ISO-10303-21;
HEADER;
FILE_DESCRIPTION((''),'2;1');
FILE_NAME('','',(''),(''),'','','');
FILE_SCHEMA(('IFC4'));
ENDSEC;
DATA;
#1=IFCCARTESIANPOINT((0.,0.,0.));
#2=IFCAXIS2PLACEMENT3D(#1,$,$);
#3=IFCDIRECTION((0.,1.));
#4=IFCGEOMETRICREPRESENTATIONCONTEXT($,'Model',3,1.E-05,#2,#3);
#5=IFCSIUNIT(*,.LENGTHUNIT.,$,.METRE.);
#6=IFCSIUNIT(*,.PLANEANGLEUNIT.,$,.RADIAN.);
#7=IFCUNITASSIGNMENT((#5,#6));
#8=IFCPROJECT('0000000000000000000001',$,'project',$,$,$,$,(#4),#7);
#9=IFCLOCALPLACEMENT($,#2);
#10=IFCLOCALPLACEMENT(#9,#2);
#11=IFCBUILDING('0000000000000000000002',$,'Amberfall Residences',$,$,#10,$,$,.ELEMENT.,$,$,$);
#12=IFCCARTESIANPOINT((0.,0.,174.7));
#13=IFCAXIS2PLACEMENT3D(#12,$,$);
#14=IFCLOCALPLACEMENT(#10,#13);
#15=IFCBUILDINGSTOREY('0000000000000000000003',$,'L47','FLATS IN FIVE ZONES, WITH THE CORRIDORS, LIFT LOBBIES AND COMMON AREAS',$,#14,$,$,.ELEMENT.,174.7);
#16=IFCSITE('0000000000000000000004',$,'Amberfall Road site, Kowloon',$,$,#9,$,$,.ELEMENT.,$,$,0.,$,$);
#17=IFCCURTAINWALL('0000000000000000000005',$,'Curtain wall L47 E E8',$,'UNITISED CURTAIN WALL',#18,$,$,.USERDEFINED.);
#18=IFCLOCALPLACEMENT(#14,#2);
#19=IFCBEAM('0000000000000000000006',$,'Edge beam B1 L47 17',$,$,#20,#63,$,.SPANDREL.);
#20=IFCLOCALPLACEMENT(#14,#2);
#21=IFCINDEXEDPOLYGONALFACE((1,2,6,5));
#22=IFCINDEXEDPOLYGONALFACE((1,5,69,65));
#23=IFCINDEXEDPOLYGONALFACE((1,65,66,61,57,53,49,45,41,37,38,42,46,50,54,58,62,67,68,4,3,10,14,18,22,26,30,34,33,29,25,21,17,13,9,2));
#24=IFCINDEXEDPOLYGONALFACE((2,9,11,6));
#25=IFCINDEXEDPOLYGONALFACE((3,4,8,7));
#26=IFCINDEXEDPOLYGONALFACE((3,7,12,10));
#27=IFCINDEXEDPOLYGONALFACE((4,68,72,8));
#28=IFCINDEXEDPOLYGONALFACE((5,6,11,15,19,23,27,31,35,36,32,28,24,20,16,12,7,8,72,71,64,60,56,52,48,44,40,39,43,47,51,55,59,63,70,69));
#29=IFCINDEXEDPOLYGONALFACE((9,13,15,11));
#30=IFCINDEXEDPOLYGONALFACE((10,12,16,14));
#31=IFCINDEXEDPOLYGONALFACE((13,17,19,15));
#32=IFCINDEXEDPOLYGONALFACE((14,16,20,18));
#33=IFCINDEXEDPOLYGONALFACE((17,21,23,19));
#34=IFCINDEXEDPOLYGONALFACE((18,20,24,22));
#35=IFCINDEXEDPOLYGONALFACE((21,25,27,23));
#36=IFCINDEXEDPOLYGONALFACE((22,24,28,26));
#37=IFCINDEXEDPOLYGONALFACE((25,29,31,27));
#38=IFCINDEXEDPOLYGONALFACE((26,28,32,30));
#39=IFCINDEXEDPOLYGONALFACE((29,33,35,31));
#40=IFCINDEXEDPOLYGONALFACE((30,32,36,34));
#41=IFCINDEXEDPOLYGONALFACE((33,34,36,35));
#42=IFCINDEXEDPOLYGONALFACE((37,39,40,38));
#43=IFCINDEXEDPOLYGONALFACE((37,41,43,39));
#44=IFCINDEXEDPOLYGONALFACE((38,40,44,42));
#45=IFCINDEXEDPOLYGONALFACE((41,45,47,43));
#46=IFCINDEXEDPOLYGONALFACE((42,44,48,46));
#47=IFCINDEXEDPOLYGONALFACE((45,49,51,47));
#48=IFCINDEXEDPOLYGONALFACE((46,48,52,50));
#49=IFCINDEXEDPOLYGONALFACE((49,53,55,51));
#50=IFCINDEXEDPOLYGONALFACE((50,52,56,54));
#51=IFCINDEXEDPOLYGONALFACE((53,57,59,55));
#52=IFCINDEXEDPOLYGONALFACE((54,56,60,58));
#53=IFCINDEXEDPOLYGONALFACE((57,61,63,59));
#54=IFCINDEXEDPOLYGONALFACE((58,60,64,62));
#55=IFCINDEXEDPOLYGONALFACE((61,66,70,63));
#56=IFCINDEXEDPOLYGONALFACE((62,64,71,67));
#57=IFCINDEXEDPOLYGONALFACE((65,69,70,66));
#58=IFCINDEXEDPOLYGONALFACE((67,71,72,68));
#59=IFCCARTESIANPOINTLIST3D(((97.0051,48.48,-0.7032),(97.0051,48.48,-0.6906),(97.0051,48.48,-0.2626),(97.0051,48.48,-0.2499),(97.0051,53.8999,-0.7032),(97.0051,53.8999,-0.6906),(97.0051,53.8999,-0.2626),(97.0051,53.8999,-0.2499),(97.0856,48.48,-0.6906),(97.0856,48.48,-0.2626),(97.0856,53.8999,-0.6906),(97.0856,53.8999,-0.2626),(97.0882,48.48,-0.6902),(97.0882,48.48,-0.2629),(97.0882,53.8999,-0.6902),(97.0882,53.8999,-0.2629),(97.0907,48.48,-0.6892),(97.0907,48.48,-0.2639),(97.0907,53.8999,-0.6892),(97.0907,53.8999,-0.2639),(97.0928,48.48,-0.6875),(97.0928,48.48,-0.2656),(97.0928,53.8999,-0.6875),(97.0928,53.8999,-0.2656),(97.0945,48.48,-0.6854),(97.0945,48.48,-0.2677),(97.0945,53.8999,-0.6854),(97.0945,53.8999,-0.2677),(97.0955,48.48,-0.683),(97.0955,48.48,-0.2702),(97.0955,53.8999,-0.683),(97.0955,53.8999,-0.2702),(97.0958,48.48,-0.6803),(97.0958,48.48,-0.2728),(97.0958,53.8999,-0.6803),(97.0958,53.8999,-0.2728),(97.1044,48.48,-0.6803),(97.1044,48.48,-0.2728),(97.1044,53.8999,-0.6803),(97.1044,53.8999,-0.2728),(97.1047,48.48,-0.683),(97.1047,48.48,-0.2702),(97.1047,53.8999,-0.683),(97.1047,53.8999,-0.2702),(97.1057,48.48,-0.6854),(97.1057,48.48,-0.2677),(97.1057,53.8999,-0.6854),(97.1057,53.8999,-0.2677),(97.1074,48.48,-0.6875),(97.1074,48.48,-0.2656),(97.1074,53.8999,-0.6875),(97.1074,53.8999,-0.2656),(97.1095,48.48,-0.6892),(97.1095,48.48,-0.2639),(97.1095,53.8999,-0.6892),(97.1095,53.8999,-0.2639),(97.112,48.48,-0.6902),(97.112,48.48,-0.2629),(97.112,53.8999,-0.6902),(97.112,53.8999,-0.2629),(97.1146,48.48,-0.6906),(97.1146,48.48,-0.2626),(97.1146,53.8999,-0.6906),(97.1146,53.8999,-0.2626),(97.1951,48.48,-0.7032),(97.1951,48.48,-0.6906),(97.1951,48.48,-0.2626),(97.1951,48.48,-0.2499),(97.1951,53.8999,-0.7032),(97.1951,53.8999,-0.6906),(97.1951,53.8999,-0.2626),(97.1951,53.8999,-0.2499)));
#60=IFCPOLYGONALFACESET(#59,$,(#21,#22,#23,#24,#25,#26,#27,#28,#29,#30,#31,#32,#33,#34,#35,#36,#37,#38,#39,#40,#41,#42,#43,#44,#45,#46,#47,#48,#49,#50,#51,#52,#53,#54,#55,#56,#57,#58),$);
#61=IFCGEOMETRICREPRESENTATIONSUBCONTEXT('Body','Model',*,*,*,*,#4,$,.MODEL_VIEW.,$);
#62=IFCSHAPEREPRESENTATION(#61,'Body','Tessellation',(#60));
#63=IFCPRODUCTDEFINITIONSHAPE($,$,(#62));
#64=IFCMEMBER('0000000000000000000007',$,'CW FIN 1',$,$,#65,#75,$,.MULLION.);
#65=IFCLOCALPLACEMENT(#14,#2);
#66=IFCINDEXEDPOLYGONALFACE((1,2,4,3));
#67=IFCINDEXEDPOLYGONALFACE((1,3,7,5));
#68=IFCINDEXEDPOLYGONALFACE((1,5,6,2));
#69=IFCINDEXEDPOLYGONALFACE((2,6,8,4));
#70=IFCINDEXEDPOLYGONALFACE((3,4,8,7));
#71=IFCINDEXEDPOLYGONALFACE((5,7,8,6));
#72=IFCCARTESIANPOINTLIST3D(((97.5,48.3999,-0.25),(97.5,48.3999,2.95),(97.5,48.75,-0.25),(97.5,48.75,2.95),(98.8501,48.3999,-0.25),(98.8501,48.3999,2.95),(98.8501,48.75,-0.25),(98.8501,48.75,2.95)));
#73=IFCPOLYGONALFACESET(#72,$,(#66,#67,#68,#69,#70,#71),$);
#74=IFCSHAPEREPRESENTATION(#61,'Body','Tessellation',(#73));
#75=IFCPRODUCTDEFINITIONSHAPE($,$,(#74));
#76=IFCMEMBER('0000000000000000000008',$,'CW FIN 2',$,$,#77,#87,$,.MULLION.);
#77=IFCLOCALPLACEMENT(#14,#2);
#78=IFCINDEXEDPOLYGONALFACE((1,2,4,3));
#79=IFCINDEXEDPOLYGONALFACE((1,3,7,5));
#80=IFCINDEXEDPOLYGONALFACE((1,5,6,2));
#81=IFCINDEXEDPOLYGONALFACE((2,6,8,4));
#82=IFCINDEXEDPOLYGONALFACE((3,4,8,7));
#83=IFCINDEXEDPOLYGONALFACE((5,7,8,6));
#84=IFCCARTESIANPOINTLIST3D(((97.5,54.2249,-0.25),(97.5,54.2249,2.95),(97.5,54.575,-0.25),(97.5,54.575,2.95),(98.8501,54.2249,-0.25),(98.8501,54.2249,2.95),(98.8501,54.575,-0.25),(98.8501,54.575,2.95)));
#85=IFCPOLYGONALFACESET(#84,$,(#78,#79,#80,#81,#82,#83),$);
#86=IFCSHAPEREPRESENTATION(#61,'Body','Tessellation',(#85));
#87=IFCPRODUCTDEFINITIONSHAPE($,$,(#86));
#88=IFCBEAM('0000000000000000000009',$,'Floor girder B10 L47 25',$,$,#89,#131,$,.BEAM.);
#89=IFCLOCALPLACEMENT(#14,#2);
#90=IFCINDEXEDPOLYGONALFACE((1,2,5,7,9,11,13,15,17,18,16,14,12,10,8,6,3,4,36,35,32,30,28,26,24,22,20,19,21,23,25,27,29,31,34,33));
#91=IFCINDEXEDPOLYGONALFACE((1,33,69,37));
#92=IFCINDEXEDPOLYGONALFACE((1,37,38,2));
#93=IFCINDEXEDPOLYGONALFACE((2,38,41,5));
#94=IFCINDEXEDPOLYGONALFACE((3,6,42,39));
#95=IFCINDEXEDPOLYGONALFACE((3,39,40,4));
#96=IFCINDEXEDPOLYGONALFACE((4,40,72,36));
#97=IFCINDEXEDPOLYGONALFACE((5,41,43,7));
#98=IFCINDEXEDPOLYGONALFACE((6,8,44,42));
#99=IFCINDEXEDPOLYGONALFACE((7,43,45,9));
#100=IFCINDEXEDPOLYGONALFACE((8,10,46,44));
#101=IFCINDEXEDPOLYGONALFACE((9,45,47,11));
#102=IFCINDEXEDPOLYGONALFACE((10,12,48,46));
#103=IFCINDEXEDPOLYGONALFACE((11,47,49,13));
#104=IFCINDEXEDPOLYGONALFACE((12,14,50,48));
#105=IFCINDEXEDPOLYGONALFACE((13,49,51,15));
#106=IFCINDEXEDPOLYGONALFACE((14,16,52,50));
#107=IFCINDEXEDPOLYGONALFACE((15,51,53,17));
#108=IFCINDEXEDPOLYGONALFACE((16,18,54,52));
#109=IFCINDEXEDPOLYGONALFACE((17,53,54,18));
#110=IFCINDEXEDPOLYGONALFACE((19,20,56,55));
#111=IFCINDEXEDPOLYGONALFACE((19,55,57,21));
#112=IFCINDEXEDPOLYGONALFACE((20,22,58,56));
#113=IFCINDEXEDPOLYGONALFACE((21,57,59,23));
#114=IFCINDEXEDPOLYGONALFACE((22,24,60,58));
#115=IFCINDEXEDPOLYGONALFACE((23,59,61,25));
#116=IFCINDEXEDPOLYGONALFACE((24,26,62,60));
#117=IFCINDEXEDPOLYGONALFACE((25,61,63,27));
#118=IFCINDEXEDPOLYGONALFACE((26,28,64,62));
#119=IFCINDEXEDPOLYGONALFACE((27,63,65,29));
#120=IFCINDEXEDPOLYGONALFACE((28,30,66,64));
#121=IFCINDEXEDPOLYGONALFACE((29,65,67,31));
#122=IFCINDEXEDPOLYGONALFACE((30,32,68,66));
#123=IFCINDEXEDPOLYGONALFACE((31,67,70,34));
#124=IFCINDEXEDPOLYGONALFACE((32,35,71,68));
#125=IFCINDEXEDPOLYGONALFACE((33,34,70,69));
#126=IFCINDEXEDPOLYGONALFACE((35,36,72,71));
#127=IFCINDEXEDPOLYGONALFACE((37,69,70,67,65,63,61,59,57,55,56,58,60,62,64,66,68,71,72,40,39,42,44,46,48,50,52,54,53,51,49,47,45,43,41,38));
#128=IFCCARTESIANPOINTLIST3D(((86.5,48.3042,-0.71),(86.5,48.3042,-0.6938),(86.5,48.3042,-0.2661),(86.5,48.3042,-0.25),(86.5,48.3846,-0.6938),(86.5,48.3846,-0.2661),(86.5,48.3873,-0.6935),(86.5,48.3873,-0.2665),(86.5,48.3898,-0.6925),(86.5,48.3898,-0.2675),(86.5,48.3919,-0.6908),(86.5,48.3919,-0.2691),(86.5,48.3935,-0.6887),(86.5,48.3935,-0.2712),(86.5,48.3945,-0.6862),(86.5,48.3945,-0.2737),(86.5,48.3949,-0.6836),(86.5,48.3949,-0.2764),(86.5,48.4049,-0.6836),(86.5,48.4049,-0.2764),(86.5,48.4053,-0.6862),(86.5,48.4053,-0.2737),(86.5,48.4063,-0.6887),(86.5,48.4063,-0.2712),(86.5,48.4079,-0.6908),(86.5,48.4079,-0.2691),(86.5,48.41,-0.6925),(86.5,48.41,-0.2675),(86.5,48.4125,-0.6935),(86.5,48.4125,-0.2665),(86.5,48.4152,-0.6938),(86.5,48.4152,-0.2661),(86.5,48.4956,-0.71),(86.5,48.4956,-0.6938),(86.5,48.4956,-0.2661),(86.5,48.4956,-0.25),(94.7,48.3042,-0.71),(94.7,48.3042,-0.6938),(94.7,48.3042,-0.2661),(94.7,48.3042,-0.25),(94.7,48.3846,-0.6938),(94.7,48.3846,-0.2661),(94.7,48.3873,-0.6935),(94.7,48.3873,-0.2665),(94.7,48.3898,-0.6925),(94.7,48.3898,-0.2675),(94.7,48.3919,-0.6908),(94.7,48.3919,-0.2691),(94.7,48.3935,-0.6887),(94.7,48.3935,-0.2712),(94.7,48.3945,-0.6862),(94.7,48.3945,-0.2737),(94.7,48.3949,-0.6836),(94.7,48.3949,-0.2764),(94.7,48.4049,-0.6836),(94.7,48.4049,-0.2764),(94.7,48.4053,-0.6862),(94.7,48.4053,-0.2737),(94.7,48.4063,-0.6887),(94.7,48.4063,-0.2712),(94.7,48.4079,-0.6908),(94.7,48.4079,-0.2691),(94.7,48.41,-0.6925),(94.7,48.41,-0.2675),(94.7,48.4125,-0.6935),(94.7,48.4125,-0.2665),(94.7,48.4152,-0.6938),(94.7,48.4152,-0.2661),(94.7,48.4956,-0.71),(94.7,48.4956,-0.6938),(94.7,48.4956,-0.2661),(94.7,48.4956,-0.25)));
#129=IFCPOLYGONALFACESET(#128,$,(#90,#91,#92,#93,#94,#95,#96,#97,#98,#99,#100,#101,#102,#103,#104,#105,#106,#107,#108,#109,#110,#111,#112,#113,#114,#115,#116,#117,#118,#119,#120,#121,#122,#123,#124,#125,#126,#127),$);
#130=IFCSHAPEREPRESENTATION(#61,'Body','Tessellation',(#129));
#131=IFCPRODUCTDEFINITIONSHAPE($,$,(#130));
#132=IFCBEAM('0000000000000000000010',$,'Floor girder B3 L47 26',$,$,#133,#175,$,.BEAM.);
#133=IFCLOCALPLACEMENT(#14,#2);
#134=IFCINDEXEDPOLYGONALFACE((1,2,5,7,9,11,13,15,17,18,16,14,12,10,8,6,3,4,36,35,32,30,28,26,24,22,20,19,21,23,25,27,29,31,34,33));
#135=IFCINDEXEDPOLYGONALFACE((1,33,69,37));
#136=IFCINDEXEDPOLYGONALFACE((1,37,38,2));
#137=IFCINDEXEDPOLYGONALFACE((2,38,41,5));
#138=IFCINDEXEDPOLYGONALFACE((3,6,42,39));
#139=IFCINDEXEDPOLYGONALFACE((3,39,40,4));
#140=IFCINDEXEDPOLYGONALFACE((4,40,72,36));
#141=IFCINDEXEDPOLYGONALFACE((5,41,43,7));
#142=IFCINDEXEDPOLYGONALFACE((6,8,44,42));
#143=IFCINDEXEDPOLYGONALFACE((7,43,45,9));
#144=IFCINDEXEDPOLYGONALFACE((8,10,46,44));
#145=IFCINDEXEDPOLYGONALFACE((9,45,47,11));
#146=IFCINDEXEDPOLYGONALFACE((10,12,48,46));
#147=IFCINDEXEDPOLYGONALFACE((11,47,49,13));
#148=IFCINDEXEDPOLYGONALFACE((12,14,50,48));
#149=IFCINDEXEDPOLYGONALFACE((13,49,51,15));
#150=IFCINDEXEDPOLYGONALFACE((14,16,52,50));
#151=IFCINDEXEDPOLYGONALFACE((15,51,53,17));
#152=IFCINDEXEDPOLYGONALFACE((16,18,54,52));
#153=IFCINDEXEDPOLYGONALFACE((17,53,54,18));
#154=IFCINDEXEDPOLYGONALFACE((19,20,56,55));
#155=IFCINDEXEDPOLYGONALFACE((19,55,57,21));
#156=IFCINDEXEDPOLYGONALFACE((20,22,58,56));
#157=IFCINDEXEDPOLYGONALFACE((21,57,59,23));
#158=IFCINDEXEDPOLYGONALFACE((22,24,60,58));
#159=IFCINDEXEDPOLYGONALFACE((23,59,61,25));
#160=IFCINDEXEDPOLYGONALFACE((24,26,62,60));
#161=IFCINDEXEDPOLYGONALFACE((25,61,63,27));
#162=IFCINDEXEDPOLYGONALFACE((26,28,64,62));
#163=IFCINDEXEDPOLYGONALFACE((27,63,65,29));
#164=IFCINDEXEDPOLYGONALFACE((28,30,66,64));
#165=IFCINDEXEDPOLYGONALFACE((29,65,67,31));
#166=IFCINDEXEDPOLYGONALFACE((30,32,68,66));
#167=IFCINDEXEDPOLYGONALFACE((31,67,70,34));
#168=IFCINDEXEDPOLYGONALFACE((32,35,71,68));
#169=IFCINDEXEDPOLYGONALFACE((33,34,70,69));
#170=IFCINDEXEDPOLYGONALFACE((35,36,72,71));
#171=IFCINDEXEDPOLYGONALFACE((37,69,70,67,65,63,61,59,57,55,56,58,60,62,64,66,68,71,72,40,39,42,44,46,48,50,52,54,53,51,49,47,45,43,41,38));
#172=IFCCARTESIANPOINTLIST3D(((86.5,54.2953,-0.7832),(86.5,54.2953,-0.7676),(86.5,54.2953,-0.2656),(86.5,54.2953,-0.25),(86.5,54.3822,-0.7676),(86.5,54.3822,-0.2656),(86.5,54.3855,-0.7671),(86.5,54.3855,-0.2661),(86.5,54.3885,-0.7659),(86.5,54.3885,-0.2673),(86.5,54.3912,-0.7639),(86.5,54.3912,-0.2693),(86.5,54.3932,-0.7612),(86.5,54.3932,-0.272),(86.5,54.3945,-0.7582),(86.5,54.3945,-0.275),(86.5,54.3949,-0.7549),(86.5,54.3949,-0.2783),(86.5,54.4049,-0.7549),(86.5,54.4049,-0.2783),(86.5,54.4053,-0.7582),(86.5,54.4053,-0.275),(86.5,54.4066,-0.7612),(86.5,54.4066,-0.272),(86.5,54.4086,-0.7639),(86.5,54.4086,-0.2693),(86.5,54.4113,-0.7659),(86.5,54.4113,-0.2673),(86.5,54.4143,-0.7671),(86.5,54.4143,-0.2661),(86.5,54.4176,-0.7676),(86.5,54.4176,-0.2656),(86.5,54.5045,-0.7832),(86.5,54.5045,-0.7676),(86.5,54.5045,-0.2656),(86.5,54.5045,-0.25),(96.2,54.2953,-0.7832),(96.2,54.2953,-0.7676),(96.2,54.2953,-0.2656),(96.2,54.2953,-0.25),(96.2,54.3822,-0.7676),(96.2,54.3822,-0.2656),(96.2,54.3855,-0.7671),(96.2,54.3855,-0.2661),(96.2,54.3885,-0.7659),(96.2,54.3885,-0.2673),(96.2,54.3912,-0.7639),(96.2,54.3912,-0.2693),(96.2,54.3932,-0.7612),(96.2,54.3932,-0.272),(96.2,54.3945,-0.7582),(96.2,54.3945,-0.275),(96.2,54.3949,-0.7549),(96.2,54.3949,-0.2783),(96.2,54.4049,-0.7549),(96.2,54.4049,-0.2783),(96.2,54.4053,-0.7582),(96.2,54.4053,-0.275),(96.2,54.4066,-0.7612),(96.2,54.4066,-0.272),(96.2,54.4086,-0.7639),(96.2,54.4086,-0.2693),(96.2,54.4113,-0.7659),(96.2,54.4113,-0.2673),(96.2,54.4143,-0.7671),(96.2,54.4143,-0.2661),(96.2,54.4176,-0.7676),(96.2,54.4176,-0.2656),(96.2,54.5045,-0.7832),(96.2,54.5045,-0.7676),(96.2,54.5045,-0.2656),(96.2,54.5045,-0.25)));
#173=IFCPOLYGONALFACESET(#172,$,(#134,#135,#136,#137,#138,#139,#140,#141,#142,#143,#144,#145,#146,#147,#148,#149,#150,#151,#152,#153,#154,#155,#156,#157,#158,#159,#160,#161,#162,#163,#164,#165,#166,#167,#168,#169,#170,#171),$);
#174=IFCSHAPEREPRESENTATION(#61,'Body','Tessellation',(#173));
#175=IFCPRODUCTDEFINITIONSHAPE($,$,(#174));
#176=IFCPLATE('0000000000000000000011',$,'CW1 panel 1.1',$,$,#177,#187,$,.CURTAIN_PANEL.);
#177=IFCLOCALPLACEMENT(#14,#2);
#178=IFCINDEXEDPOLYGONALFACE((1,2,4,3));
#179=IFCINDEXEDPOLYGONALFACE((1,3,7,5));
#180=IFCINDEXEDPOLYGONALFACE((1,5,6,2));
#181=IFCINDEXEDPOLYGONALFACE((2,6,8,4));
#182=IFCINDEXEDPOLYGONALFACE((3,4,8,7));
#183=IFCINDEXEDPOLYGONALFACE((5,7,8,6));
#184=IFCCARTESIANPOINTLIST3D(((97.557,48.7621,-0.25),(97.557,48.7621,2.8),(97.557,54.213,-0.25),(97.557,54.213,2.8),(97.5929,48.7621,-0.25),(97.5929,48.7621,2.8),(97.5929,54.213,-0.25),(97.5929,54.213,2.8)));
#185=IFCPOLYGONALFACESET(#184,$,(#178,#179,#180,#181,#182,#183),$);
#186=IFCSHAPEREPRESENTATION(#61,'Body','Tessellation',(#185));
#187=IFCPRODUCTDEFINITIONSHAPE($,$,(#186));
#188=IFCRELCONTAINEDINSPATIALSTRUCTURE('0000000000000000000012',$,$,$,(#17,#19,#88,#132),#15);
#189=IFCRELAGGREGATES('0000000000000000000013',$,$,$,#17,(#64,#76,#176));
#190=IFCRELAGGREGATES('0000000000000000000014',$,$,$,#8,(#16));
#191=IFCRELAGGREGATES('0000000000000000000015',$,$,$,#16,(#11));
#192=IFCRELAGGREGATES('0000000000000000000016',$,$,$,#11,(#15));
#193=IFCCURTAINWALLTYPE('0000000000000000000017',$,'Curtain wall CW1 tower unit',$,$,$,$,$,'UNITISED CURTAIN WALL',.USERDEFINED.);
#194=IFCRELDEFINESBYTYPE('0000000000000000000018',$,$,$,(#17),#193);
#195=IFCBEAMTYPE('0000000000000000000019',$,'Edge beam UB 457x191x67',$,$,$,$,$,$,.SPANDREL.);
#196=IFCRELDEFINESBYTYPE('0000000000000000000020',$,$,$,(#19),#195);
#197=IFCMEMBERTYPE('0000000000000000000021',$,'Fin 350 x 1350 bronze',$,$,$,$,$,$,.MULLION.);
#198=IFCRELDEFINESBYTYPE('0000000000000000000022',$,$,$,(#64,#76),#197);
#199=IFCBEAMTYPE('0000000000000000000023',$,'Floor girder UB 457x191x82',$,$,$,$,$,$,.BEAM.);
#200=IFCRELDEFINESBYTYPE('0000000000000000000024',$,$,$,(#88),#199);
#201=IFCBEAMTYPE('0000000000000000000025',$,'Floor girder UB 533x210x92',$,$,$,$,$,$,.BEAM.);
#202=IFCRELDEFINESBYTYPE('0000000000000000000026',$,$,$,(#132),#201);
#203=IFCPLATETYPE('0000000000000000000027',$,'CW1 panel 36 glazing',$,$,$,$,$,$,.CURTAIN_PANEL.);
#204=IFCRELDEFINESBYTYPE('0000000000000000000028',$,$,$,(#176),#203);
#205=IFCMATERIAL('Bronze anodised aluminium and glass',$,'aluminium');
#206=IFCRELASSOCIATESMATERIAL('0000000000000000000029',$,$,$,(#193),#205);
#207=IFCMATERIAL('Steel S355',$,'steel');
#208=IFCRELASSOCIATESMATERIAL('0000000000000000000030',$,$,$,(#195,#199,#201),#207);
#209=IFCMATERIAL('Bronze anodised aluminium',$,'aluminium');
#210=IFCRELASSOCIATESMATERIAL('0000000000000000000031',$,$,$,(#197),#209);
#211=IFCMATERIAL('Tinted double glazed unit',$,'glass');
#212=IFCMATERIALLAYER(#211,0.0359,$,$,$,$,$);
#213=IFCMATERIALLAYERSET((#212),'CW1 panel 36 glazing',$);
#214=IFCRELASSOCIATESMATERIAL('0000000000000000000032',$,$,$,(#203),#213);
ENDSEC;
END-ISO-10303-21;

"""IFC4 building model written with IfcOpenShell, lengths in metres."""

from ifc_helpers import new_model, si_unit, direction, frame, origin, origin_2d, place, context, subcontext, project, spatial, rectangle, i_section, extrude, material, layer, layer_set, material_profile, profile_set, type_object, element, aggregate, save


model = new_model("IFC4")

# Units and contexts
model_context = context("Model", 3, precision=1e-05, world=origin(), true_north=direction((0.0, 1.0)))
body_context = subcontext(model_context, "Body", "Model", "MODEL_VIEW")
ifc_project = project(units=[si_unit("LENGTHUNIT", "METRE"), si_unit("PLANEANGLEUNIT", "RADIAN")], contexts=[model_context])

# Site, building, storey
site_placement = place(None, origin())
site = spatial("IfcSite", under=ifc_project, at=site_placement, Name="Amberfall Road site, Kowloon", CompositionType="ELEMENT", RefElevation=0.0)
building_placement = place(site_placement, origin())
building = spatial("IfcBuilding", under=site, at=building_placement, Name="Amberfall Residences", CompositionType="ELEMENT")
storey_placement = place(building_placement, frame((0.0, 0.0, 174.7)))
storey = spatial("IfcBuildingStorey", under=building, at=storey_placement, Name="L47", Description="FLATS IN FIVE ZONES, WITH THE CORRIDORS, LIFT LOBBIES AND COMMON AREAS", CompositionType="ELEMENT", Elevation=174.7)

# Curtain wall
ifc_material_1 = material(Name="Bronze anodised aluminium and glass", Category="aluminium")
curtain_wall_type = type_object("IfcCurtainWallType", Name="Curtain wall CW1 tower unit", ElementType="UNITISED CURTAIN WALL", PredefinedType="USERDEFINED", material=ifc_material_1)
curtain_wall_placement = place(storey_placement, origin())
curtain_wall = element("IfcCurtainWall", 1, at=curtain_wall_placement, inside=storey, type_object=curtain_wall_type, Name="Curtain wall L47 E E8", ObjectType="UNITISED CURTAIN WALL", PredefinedType="USERDEFINED")
ifc_material_2 = material(Name="Bronze anodised aluminium", Category="aluminium")

# Beam
ifc_material_3 = material(Name="Steel S355", Category="steel")
ifc_material_profile_1 = material_profile(ifc_material_3, i_section(OverallWidth=0.1899, OverallDepth=0.4534, WebThickness=0.0085, FlangeThickness=0.0127, FilletRadius=0.0103, at=origin_2d()), Name="UB 457x191x67")
ifc_profile_set_1 = profile_set([ifc_material_profile_1], Name="Steel S355")
beam_type_1 = type_object("IfcBeamType", Name="Edge beam UB 457x191x67", PredefinedType="SPANDREL", material=ifc_profile_set_1)
beam_1_placement = place(storey_placement, frame((97.1001, 48.48, -0.4766), z_axis=(0.0, 1.0, 0.0), x_axis=(-1.0, 0.0, 0.0)))
element("IfcBeam", 2, at=beam_1_placement, inside=storey, type_object=beam_type_1, Name="Edge beam B1 L47 17", PredefinedType="SPANDREL", context=body_context, shape_type="SweptSolid", body=[
    extrude(i_section(OverallWidth=0.1899, OverallDepth=0.4534, WebThickness=0.0085, FlangeThickness=0.0127, FilletRadius=0.0103, at=origin_2d()), origin(), (0.0, 0.0, 1.0), 5.4199),
])

# Members
ifc_material_profile_2 = material_profile(ifc_material_2, rectangle(XDim=1.3501, YDim=0.3501, at=origin_2d()), Name="Fin 350 x 1350 bronze")
ifc_profile_set_2 = profile_set([ifc_material_profile_2], Name="Bronze anodised aluminium")
member_type_1 = type_object("IfcMemberType", Name="Fin 350 x 1350 bronze", PredefinedType="MULLION", material=ifc_profile_set_2)
member_1_placement = place(storey_placement, frame((98.175, 48.575, -0.25), z_axis=(0.0, 0.0, 1.0), x_axis=(-1.0, 0.0, 0.0)))
member_1 = element("IfcMember", 3, at=member_1_placement, type_object=member_type_1, Name="CW FIN 1", PredefinedType="MULLION", context=body_context, shape_type="SweptSolid", body=[
    extrude(rectangle(XDim=1.3501, YDim=0.3501, at=origin_2d()), origin(), (0.0, 0.0, 1.0), 3.2),
])
member_2_placement = place(storey_placement, frame((98.175, 54.3999, -0.25), z_axis=(0.0, 0.0, 1.0), x_axis=(-1.0, 0.0, 0.0)))
member_2 = element("IfcMember", 4, at=member_2_placement, type_object=member_type_1, Name="CW FIN 2", PredefinedType="MULLION", context=body_context, shape_type="SweptSolid", body=[
    extrude(rectangle(XDim=1.3501, YDim=0.3501, at=origin_2d()), origin(), (0.0, 0.0, 1.0), 3.2),
])

# Beams
ifc_material_profile_3 = material_profile(ifc_material_3, i_section(OverallWidth=0.1914, OverallDepth=0.46, WebThickness=0.01, FlangeThickness=0.0161, FilletRadius=0.0103, at=origin_2d()), Name="UB 457x191x82")
ifc_profile_set_3 = profile_set([ifc_material_profile_3], Name="Steel S355")
beam_type_2 = type_object("IfcBeamType", Name="Floor girder UB 457x191x82", PredefinedType="BEAM", material=ifc_profile_set_3)
beam_2_placement = place(storey_placement, frame((94.7, 48.3999, -0.48), z_axis=(-1.0, 0.0, 0.0), x_axis=(0.0, -1.0, 0.0)))
element("IfcBeam", 5, at=beam_2_placement, inside=storey, type_object=beam_type_2, Name="Floor girder B10 L47 25", PredefinedType="BEAM", context=body_context, shape_type="SweptSolid", body=[
    extrude(i_section(OverallWidth=0.1914, OverallDepth=0.46, WebThickness=0.01, FlangeThickness=0.0161, FilletRadius=0.0103, at=origin_2d()), origin(), (0.0, 0.0, 1.0), 8.2),
])
ifc_material_profile_4 = material_profile(ifc_material_3, i_section(OverallWidth=0.2092, OverallDepth=0.5332, WebThickness=0.01, FlangeThickness=0.0156, FilletRadius=0.0127, at=origin_2d()), Name="UB 533x210x92")
ifc_profile_set_4 = profile_set([ifc_material_profile_4], Name="Steel S355")
beam_type_3 = type_object("IfcBeamType", Name="Floor girder UB 533x210x92", PredefinedType="BEAM", material=ifc_profile_set_4)
beam_3_placement = place(storey_placement, frame((96.2, 54.3999, -0.5166), z_axis=(-1.0, 0.0, 0.0), x_axis=(0.0, -1.0, 0.0)))
element("IfcBeam", 6, at=beam_3_placement, inside=storey, type_object=beam_type_3, Name="Floor girder B3 L47 26", PredefinedType="BEAM", context=body_context, shape_type="SweptSolid", body=[
    extrude(i_section(OverallWidth=0.2092, OverallDepth=0.5332, WebThickness=0.01, FlangeThickness=0.0156, FilletRadius=0.0127, at=origin_2d()), origin(), (0.0, 0.0, 1.0), 9.7),
])

# Plate
ifc_material_4 = material(Name="Tinted double glazed unit", Category="glass")
ifc_layer_1 = layer(ifc_material_4, 0.0359)
ifc_layer_set_1 = layer_set([ifc_layer_1], Name="CW1 panel 36 glazing")
plate_type = type_object("IfcPlateType", Name="CW1 panel 36 glazing", PredefinedType="CURTAIN_PANEL", material=ifc_layer_set_1)
plate_placement = place(storey_placement, frame((97.575, 51.4875, -0.25), z_axis=(0.0, 0.0, 1.0), x_axis=(0.0, 1.0, 0.0)))
plate = element("IfcPlate", 7, at=plate_placement, type_object=plate_type, Name="CW1 panel 1.1", PredefinedType="CURTAIN_PANEL", context=body_context, shape_type="SweptSolid", body=[
    extrude(rectangle(XDim=5.4509, YDim=0.0359, at=origin_2d()), origin(), (0.0, 0.0, 1.0), 3.05),
])
aggregate(curtain_wall, [member_1, member_2, plate])

save(model, "model.ifc")
